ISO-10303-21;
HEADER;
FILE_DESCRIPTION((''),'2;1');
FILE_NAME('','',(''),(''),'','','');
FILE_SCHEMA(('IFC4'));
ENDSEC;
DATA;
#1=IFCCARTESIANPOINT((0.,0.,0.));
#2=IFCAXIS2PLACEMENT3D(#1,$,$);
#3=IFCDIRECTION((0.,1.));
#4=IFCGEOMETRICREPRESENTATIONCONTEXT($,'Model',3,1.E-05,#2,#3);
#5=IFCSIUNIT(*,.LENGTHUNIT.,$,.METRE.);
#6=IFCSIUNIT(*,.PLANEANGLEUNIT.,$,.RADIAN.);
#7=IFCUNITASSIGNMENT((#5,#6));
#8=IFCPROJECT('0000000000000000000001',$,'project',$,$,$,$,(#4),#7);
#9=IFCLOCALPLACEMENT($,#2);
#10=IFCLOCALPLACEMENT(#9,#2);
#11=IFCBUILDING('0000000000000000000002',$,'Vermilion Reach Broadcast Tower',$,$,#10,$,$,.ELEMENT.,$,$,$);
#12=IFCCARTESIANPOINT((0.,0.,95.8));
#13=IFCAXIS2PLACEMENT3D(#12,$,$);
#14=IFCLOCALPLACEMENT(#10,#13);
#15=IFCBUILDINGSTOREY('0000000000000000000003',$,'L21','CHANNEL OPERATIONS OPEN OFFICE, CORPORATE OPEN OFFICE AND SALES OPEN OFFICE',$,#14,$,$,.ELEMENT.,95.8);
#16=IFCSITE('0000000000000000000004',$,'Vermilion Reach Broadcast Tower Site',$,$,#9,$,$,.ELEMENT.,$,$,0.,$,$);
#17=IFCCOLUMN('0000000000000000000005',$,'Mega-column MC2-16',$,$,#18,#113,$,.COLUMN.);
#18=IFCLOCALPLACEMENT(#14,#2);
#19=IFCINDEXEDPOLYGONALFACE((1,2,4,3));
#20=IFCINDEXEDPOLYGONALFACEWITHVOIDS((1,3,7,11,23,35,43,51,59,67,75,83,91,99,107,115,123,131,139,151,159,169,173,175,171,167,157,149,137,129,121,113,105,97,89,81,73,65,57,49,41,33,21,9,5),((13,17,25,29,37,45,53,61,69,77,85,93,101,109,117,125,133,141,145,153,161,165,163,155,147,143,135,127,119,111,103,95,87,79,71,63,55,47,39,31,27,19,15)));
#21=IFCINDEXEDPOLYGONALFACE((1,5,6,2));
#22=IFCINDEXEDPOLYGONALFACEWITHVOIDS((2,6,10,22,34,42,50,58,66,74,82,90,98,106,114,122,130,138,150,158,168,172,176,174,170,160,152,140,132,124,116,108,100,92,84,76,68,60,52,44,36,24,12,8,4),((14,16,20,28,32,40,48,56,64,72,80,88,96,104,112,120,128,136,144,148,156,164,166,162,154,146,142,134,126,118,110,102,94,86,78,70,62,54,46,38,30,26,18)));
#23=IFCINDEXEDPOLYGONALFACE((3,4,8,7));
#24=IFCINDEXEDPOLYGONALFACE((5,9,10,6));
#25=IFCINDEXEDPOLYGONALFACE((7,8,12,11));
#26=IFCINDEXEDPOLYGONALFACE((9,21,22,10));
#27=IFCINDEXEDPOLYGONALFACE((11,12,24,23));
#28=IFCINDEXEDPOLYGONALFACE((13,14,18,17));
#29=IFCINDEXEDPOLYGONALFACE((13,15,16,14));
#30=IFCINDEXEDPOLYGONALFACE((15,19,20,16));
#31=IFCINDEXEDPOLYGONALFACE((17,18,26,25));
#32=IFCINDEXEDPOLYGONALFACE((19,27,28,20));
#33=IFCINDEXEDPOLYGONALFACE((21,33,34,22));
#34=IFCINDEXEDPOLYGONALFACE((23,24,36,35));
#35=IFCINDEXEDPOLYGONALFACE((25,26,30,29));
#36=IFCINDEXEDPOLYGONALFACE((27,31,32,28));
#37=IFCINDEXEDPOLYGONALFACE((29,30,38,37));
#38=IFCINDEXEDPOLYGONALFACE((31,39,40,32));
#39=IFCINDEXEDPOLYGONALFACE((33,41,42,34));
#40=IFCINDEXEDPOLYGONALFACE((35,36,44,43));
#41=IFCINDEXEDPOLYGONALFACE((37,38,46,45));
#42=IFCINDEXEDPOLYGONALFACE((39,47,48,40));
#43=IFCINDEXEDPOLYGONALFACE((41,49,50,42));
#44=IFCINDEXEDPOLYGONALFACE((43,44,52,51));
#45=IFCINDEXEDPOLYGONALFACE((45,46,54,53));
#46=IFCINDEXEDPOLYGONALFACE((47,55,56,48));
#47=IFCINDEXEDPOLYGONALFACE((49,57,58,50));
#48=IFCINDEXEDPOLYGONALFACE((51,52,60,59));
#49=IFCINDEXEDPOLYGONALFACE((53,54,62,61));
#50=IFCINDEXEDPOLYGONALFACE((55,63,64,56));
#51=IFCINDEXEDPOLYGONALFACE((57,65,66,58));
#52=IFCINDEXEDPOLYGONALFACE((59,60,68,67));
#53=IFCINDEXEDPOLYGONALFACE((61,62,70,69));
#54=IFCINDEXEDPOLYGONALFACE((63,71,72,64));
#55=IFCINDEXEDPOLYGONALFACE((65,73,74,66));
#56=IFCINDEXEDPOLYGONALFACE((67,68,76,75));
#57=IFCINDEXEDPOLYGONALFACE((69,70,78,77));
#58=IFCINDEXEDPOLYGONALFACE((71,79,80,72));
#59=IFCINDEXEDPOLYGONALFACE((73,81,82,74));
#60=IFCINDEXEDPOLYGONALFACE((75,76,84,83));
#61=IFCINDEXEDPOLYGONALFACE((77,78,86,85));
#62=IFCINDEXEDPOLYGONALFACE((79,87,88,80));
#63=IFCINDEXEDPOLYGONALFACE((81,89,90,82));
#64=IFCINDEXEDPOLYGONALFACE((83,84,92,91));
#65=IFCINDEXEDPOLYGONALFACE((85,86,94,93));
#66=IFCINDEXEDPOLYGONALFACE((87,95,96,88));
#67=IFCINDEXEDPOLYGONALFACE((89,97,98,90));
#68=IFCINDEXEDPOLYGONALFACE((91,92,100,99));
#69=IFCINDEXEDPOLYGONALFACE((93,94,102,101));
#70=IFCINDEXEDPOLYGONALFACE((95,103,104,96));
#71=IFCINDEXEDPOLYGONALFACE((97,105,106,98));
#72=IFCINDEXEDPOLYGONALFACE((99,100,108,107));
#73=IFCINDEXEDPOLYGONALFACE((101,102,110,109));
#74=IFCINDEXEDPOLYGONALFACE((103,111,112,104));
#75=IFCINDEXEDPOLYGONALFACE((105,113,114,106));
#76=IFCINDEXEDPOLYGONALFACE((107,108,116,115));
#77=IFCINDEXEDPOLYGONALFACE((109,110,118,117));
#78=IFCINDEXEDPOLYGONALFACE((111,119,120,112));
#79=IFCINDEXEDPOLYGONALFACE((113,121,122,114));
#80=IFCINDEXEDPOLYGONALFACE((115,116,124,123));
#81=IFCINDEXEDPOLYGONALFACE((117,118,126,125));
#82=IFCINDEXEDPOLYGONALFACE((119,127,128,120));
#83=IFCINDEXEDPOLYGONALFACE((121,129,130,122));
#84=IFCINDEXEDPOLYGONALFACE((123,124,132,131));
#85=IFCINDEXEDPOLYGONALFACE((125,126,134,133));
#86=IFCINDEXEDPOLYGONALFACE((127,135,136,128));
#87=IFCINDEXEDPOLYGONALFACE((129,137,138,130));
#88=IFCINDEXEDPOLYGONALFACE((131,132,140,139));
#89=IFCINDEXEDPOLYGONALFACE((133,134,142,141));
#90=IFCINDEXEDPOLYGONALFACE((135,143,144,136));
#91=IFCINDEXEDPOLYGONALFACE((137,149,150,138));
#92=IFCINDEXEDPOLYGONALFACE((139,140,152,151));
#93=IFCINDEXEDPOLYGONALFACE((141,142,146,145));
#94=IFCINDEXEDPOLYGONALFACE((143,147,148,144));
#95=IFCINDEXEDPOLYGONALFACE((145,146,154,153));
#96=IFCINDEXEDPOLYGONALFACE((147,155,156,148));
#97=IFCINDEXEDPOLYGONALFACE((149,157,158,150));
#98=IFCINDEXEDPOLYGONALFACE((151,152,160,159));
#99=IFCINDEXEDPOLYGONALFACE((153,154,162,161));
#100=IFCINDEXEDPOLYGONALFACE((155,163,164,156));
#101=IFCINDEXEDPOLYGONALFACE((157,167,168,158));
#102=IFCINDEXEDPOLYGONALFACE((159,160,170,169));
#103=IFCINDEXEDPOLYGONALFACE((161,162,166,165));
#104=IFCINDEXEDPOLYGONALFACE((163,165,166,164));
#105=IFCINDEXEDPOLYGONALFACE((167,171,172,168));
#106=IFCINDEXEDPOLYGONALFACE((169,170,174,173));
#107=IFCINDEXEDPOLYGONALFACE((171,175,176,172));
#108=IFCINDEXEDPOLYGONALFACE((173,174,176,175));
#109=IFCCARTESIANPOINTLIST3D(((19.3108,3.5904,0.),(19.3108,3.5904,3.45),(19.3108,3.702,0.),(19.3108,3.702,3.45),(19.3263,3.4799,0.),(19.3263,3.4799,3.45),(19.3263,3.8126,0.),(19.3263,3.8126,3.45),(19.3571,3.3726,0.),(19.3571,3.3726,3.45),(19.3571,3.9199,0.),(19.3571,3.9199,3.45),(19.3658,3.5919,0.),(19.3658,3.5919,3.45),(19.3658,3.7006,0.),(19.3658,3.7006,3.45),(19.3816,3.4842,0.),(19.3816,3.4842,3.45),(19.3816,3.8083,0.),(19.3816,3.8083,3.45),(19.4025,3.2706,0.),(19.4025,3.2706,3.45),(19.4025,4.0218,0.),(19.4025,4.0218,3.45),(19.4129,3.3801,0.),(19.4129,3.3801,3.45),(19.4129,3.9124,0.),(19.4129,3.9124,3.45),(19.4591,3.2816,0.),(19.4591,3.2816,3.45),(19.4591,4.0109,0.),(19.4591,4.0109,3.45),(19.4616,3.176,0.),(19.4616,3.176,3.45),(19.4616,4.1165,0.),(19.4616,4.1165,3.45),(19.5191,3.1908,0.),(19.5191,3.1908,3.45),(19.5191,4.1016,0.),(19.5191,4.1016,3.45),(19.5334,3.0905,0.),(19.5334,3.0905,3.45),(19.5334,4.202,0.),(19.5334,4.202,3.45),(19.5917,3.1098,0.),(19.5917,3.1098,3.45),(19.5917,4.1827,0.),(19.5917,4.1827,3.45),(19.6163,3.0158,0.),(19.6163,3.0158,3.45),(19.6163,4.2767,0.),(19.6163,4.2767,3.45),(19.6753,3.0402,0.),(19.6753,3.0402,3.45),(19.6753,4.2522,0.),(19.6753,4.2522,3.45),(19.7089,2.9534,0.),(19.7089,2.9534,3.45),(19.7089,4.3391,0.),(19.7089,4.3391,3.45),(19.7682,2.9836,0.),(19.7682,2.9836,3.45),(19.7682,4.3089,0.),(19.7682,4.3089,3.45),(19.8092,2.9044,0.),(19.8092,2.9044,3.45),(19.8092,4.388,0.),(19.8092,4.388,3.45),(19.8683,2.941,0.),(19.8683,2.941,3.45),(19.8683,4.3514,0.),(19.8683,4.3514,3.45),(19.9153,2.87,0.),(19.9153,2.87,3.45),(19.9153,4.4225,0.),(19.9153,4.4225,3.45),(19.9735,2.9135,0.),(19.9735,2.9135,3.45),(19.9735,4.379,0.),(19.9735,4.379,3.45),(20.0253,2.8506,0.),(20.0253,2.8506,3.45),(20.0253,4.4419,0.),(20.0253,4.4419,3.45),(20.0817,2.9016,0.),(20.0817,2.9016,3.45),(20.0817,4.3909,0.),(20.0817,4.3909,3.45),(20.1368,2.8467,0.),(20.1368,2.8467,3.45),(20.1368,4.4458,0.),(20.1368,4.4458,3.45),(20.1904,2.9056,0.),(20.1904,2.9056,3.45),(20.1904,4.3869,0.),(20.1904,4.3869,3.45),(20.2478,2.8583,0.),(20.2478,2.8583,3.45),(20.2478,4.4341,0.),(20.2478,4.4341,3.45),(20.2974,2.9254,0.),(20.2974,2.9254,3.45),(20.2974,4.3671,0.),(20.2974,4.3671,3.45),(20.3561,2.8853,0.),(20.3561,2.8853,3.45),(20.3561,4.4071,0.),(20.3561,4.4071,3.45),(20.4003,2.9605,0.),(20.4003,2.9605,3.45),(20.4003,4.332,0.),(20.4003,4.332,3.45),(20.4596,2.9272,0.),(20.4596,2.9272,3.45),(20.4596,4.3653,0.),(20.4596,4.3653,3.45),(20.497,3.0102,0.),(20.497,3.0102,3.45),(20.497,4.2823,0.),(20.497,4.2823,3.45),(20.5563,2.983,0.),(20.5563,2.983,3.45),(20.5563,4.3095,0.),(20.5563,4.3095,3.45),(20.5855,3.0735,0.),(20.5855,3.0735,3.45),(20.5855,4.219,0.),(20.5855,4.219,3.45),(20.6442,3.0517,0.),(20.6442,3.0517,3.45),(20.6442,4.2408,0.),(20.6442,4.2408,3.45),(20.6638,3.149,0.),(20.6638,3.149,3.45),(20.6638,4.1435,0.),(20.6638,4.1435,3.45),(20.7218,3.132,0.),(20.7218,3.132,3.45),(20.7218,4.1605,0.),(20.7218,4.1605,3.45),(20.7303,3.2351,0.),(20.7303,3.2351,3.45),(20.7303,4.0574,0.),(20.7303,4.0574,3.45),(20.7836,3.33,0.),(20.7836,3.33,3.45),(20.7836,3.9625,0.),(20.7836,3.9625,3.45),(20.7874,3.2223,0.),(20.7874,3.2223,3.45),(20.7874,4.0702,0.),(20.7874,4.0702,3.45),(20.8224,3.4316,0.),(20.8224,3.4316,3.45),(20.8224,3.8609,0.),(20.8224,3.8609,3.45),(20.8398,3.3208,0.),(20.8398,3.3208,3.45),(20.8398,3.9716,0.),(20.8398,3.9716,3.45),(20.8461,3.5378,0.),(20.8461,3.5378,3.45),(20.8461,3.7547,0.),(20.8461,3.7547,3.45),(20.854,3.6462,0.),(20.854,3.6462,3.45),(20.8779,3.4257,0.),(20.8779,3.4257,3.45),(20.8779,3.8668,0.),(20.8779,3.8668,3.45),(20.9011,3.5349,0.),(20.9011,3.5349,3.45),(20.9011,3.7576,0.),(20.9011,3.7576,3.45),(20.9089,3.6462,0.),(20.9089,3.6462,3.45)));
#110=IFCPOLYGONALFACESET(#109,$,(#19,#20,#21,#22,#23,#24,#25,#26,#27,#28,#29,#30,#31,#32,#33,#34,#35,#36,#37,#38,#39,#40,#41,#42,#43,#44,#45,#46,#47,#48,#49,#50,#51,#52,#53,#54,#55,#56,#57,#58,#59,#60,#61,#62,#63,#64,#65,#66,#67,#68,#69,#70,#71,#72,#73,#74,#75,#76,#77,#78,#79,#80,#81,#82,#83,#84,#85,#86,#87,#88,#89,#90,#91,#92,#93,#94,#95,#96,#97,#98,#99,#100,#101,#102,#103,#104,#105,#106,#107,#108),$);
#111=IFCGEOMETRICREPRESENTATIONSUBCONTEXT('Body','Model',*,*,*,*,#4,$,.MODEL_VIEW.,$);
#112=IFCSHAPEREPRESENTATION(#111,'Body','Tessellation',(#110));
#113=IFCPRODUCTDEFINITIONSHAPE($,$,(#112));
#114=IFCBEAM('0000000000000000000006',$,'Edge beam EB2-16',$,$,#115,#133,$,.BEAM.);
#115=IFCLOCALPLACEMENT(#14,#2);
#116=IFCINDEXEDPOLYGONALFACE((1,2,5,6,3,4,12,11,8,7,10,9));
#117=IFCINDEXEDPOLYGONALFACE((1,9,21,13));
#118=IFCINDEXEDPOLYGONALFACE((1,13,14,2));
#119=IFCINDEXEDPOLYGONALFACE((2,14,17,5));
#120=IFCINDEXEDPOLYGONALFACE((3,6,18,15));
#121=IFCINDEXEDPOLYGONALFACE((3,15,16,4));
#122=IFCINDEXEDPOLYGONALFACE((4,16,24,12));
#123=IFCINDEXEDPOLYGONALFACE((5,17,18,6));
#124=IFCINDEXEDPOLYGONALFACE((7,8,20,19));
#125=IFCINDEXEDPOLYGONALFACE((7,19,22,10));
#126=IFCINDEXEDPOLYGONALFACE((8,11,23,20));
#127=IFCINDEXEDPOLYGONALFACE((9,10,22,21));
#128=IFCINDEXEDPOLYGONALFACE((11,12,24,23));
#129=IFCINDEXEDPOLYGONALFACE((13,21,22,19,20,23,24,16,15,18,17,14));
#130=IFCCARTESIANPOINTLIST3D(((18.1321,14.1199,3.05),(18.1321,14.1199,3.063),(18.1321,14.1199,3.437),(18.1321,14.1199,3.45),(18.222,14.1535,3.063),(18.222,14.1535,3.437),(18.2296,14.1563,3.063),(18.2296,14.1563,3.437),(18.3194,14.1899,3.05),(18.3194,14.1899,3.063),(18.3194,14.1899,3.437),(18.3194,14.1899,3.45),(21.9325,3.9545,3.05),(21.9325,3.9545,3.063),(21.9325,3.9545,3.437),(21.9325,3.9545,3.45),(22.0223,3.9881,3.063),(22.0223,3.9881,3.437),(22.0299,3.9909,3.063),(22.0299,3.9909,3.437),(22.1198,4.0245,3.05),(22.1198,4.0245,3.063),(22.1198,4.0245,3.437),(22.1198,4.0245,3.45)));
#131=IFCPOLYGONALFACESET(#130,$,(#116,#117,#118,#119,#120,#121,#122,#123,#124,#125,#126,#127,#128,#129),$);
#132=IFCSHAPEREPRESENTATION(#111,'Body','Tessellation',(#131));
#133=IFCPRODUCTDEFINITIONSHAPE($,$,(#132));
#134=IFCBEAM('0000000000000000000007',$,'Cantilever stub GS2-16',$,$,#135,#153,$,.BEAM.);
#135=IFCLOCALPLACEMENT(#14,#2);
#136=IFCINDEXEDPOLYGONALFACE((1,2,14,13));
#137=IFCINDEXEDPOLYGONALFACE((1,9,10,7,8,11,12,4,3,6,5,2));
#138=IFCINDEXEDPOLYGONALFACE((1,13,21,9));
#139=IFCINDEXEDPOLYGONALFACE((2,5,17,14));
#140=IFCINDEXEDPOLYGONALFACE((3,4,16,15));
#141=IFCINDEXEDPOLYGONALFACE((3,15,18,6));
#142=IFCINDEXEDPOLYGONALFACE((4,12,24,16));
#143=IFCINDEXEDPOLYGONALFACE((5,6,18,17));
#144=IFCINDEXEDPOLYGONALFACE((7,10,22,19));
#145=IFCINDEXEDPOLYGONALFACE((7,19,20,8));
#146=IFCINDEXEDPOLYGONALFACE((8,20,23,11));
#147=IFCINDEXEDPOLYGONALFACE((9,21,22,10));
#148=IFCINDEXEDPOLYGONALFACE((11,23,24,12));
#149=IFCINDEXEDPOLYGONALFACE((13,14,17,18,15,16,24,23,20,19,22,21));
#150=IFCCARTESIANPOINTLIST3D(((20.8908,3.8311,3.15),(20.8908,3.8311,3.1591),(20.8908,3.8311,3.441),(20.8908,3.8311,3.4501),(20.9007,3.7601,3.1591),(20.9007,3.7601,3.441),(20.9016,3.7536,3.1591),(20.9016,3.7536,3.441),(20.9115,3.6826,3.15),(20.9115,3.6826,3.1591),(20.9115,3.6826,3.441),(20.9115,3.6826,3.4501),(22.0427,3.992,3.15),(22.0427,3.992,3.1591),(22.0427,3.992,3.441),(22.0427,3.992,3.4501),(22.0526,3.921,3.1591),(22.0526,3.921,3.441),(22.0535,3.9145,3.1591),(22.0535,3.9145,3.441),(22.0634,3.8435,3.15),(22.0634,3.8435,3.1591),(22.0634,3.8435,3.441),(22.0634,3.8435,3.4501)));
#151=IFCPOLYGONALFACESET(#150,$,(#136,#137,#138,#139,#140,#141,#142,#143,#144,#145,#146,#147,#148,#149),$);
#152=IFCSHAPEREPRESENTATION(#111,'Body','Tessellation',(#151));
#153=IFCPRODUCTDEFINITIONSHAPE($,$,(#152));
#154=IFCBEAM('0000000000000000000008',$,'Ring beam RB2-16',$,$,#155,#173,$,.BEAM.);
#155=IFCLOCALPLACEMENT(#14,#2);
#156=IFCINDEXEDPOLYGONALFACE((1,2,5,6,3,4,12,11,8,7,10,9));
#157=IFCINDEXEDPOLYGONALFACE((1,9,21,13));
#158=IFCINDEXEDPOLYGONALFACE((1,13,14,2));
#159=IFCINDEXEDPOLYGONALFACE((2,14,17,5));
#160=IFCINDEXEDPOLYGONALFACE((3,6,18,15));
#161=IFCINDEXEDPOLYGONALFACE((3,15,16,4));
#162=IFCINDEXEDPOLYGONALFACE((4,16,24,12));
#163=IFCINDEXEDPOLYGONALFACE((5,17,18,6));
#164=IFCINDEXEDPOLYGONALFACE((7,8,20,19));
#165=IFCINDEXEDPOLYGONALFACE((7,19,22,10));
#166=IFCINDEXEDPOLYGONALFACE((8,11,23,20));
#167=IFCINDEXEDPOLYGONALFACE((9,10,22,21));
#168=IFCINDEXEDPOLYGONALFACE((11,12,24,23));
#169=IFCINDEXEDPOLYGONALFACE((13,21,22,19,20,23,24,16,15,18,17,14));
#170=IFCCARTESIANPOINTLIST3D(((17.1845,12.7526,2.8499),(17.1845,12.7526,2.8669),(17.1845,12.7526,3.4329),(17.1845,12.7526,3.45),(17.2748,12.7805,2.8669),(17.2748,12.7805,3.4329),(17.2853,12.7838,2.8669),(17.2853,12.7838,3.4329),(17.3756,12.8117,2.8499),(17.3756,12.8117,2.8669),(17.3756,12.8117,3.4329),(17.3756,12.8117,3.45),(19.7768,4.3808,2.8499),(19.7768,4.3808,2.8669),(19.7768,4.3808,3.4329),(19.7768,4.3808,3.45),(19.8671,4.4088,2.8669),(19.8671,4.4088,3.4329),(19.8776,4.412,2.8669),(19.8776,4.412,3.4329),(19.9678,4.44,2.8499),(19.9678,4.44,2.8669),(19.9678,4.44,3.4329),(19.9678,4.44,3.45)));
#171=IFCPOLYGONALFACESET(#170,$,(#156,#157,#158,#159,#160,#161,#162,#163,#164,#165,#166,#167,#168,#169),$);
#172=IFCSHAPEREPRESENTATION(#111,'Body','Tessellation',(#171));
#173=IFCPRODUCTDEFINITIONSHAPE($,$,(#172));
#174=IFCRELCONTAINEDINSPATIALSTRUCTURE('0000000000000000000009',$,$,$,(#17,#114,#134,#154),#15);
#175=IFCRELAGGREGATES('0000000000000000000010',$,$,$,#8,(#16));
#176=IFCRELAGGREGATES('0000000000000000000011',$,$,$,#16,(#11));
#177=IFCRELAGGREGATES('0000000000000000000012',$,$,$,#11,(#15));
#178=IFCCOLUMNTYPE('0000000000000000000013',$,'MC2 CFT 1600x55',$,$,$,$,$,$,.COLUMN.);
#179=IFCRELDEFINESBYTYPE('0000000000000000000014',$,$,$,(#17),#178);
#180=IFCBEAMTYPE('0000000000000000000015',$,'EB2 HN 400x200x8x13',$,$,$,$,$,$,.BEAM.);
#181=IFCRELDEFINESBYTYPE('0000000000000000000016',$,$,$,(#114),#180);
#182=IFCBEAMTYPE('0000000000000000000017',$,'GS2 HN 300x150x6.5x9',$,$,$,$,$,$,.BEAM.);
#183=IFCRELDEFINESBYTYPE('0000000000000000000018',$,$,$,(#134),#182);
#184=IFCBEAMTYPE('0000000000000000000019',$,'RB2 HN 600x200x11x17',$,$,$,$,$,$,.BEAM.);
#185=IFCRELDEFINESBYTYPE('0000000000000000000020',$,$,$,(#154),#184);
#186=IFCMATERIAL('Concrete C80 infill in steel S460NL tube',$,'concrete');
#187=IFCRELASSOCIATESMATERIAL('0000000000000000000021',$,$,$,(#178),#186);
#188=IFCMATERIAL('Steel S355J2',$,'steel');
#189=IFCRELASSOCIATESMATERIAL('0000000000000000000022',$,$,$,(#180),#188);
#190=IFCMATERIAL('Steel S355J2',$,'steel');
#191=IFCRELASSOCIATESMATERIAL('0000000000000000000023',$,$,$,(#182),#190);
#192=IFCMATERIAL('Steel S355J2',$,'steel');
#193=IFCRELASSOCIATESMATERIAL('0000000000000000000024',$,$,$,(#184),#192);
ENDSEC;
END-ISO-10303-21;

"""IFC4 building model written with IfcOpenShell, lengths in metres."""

from ifc_helpers import new_model, si_unit, direction, frame, origin, origin_2d, place, context, subcontext, project, spatial, hollow_circle, i_section, extrude, material, material_profile, profile_set, type_object, element, save


model = new_model("IFC4")

# Units and contexts
model_context = context("Model", 3, precision=1e-05, world=origin(), true_north=direction((0.0, 1.0)))
body_context = subcontext(model_context, "Body", "Model", "MODEL_VIEW")
ifc_project = project(units=[si_unit("LENGTHUNIT", "METRE"), si_unit("PLANEANGLEUNIT", "RADIAN")], contexts=[model_context])

# Site, building, storey
site_placement = place(None, origin())
site = spatial("IfcSite", under=ifc_project, at=site_placement, Name="Vermilion Reach Broadcast Tower Site", CompositionType="ELEMENT", RefElevation=0.0)
building_placement = place(site_placement, origin())
building = spatial("IfcBuilding", under=site, at=building_placement, Name="Vermilion Reach Broadcast Tower", CompositionType="ELEMENT")
storey_placement = place(building_placement, frame((0.0, 0.0, 95.8)))
storey = spatial("IfcBuildingStorey", under=building, at=storey_placement, Name="L21", Description="CHANNEL OPERATIONS OPEN OFFICE, CORPORATE OPEN OFFICE AND SALES OPEN OFFICE", CompositionType="ELEMENT", Elevation=95.8)

# Column
ifc_material_1 = material(Name="Concrete C80 infill in steel S460NL tube", Category="concrete")
ifc_material_profile_1 = material_profile(ifc_material_1, hollow_circle(Radius=0.8, WallThickness=0.0549, at=origin_2d()), Name="Concrete C80 infill in steel S460NL tube CFT 1600x55")
ifc_profile_set_1 = profile_set([ifc_material_profile_1], Name="Concrete C80 infill in steel S460NL tube")
column_type = type_object("IfcColumnType", Name="MC2 CFT 1600x55", PredefinedType="COLUMN", material=ifc_profile_set_1)
column_placement = place(storey_placement, frame((20.1089, 3.6462, 0.0), z_axis=(0.0, 0.0, 1.0), x_axis=(1.0, 0.0, 0.0)))
element("IfcColumn", 1, at=column_placement, inside=storey, type_object=column_type, Name="Mega-column MC2-16", PredefinedType="COLUMN", context=body_context, shape_type="SweptSolid", body=[
    extrude(hollow_circle(Radius=0.8, WallThickness=0.0549, at=origin_2d()), origin(), (0.0, 0.0, 1.0), 3.45),
])

# Beams
ifc_material_2 = material(Name="Steel S355J2", Category="steel")
ifc_material_profile_2 = material_profile(ifc_material_2, i_section(OverallWidth=0.2, OverallDepth=0.3999, WebThickness=0.0081, FlangeThickness=0.0129, at=origin_2d()), Name="S355J2 HN 400x200x8x13")
ifc_profile_set_2 = profile_set([ifc_material_profile_2], Name="Steel S355J2")
beam_type_1 = type_object("IfcBeamType", Name="EB2 HN 400x200x8x13", PredefinedType="BEAM", material=ifc_profile_set_2)
beam_1_placement = place(storey_placement, frame((22.0261, 3.9895, 3.25), z_axis=(-0.350179, 0.936683, 0.0), x_axis=(-0.936683, -0.350179, 0.0)))
element("IfcBeam", 2, at=beam_1_placement, inside=storey, type_object=beam_type_1, Name="Edge beam EB2-16", PredefinedType="BEAM", context=body_context, shape_type="SweptSolid", body=[
    extrude(i_section(OverallWidth=0.2, OverallDepth=0.3999, WebThickness=0.0081, FlangeThickness=0.0129, at=origin_2d()), origin(), (0.0, 0.0, 1.0), 10.8525),
])
ifc_material_3 = material(Name="Steel S355J2", Category="steel")
ifc_material_profile_3 = material_profile(ifc_material_3, i_section(OverallWidth=0.1499, OverallDepth=0.3, WebThickness=0.0066, FlangeThickness=0.009, at=origin_2d()), Name="S355J2 HN 300x150x6.5x9")
ifc_profile_set_3 = profile_set([ifc_material_profile_3], Name="Steel S355J2")
beam_type_2 = type_object("IfcBeamType", Name="GS2 HN 300x150x6.5x9", PredefinedType="BEAM", material=ifc_profile_set_3)
beam_2_placement = place(storey_placement, frame((20.9011, 3.7568, 3.3), z_axis=(0.990386, 0.138335, 0.0), x_axis=(-0.138335, 0.990386, 0.0)))
element("IfcBeam", 3, at=beam_2_placement, inside=storey, type_object=beam_type_2, Name="Cantilever stub GS2-16", PredefinedType="BEAM", context=body_context, shape_type="SweptSolid", body=[
    extrude(i_section(OverallWidth=0.1499, OverallDepth=0.3, WebThickness=0.0066, FlangeThickness=0.009, at=origin_2d()), origin(), (0.0, 0.0, 1.0), 1.1631),
])
ifc_material_4 = material(Name="Steel S355J2", Category="steel")
ifc_material_profile_4 = material_profile(ifc_material_4, i_section(OverallWidth=0.2, OverallDepth=0.6001, WebThickness=0.011, FlangeThickness=0.0171, at=origin_2d()), Name="S355J2 HN 600x200x11x17")
ifc_profile_set_4 = profile_set([ifc_material_profile_4], Name="Steel S355J2")
beam_type_3 = type_object("IfcBeamType", Name="RB2 HN 600x200x11x17", PredefinedType="BEAM", material=ifc_profile_set_4)
beam_3_placement = place(storey_placement, frame((19.8723, 4.4104, 3.1499), z_axis=(-0.295788, 0.955253, 0.0), x_axis=(-0.955253, -0.295788, 0.0)))
element("IfcBeam", 4, at=beam_3_placement, inside=storey, type_object=beam_type_3, Name="Ring beam RB2-16", PredefinedType="BEAM", context=body_context, shape_type="SweptSolid", body=[
    extrude(i_section(OverallWidth=0.2, OverallDepth=0.6001, WebThickness=0.011, FlangeThickness=0.0171, at=origin_2d()), origin(), (0.0, 0.0, 1.0), 8.7639),
])

save(model, "model.ifc")
